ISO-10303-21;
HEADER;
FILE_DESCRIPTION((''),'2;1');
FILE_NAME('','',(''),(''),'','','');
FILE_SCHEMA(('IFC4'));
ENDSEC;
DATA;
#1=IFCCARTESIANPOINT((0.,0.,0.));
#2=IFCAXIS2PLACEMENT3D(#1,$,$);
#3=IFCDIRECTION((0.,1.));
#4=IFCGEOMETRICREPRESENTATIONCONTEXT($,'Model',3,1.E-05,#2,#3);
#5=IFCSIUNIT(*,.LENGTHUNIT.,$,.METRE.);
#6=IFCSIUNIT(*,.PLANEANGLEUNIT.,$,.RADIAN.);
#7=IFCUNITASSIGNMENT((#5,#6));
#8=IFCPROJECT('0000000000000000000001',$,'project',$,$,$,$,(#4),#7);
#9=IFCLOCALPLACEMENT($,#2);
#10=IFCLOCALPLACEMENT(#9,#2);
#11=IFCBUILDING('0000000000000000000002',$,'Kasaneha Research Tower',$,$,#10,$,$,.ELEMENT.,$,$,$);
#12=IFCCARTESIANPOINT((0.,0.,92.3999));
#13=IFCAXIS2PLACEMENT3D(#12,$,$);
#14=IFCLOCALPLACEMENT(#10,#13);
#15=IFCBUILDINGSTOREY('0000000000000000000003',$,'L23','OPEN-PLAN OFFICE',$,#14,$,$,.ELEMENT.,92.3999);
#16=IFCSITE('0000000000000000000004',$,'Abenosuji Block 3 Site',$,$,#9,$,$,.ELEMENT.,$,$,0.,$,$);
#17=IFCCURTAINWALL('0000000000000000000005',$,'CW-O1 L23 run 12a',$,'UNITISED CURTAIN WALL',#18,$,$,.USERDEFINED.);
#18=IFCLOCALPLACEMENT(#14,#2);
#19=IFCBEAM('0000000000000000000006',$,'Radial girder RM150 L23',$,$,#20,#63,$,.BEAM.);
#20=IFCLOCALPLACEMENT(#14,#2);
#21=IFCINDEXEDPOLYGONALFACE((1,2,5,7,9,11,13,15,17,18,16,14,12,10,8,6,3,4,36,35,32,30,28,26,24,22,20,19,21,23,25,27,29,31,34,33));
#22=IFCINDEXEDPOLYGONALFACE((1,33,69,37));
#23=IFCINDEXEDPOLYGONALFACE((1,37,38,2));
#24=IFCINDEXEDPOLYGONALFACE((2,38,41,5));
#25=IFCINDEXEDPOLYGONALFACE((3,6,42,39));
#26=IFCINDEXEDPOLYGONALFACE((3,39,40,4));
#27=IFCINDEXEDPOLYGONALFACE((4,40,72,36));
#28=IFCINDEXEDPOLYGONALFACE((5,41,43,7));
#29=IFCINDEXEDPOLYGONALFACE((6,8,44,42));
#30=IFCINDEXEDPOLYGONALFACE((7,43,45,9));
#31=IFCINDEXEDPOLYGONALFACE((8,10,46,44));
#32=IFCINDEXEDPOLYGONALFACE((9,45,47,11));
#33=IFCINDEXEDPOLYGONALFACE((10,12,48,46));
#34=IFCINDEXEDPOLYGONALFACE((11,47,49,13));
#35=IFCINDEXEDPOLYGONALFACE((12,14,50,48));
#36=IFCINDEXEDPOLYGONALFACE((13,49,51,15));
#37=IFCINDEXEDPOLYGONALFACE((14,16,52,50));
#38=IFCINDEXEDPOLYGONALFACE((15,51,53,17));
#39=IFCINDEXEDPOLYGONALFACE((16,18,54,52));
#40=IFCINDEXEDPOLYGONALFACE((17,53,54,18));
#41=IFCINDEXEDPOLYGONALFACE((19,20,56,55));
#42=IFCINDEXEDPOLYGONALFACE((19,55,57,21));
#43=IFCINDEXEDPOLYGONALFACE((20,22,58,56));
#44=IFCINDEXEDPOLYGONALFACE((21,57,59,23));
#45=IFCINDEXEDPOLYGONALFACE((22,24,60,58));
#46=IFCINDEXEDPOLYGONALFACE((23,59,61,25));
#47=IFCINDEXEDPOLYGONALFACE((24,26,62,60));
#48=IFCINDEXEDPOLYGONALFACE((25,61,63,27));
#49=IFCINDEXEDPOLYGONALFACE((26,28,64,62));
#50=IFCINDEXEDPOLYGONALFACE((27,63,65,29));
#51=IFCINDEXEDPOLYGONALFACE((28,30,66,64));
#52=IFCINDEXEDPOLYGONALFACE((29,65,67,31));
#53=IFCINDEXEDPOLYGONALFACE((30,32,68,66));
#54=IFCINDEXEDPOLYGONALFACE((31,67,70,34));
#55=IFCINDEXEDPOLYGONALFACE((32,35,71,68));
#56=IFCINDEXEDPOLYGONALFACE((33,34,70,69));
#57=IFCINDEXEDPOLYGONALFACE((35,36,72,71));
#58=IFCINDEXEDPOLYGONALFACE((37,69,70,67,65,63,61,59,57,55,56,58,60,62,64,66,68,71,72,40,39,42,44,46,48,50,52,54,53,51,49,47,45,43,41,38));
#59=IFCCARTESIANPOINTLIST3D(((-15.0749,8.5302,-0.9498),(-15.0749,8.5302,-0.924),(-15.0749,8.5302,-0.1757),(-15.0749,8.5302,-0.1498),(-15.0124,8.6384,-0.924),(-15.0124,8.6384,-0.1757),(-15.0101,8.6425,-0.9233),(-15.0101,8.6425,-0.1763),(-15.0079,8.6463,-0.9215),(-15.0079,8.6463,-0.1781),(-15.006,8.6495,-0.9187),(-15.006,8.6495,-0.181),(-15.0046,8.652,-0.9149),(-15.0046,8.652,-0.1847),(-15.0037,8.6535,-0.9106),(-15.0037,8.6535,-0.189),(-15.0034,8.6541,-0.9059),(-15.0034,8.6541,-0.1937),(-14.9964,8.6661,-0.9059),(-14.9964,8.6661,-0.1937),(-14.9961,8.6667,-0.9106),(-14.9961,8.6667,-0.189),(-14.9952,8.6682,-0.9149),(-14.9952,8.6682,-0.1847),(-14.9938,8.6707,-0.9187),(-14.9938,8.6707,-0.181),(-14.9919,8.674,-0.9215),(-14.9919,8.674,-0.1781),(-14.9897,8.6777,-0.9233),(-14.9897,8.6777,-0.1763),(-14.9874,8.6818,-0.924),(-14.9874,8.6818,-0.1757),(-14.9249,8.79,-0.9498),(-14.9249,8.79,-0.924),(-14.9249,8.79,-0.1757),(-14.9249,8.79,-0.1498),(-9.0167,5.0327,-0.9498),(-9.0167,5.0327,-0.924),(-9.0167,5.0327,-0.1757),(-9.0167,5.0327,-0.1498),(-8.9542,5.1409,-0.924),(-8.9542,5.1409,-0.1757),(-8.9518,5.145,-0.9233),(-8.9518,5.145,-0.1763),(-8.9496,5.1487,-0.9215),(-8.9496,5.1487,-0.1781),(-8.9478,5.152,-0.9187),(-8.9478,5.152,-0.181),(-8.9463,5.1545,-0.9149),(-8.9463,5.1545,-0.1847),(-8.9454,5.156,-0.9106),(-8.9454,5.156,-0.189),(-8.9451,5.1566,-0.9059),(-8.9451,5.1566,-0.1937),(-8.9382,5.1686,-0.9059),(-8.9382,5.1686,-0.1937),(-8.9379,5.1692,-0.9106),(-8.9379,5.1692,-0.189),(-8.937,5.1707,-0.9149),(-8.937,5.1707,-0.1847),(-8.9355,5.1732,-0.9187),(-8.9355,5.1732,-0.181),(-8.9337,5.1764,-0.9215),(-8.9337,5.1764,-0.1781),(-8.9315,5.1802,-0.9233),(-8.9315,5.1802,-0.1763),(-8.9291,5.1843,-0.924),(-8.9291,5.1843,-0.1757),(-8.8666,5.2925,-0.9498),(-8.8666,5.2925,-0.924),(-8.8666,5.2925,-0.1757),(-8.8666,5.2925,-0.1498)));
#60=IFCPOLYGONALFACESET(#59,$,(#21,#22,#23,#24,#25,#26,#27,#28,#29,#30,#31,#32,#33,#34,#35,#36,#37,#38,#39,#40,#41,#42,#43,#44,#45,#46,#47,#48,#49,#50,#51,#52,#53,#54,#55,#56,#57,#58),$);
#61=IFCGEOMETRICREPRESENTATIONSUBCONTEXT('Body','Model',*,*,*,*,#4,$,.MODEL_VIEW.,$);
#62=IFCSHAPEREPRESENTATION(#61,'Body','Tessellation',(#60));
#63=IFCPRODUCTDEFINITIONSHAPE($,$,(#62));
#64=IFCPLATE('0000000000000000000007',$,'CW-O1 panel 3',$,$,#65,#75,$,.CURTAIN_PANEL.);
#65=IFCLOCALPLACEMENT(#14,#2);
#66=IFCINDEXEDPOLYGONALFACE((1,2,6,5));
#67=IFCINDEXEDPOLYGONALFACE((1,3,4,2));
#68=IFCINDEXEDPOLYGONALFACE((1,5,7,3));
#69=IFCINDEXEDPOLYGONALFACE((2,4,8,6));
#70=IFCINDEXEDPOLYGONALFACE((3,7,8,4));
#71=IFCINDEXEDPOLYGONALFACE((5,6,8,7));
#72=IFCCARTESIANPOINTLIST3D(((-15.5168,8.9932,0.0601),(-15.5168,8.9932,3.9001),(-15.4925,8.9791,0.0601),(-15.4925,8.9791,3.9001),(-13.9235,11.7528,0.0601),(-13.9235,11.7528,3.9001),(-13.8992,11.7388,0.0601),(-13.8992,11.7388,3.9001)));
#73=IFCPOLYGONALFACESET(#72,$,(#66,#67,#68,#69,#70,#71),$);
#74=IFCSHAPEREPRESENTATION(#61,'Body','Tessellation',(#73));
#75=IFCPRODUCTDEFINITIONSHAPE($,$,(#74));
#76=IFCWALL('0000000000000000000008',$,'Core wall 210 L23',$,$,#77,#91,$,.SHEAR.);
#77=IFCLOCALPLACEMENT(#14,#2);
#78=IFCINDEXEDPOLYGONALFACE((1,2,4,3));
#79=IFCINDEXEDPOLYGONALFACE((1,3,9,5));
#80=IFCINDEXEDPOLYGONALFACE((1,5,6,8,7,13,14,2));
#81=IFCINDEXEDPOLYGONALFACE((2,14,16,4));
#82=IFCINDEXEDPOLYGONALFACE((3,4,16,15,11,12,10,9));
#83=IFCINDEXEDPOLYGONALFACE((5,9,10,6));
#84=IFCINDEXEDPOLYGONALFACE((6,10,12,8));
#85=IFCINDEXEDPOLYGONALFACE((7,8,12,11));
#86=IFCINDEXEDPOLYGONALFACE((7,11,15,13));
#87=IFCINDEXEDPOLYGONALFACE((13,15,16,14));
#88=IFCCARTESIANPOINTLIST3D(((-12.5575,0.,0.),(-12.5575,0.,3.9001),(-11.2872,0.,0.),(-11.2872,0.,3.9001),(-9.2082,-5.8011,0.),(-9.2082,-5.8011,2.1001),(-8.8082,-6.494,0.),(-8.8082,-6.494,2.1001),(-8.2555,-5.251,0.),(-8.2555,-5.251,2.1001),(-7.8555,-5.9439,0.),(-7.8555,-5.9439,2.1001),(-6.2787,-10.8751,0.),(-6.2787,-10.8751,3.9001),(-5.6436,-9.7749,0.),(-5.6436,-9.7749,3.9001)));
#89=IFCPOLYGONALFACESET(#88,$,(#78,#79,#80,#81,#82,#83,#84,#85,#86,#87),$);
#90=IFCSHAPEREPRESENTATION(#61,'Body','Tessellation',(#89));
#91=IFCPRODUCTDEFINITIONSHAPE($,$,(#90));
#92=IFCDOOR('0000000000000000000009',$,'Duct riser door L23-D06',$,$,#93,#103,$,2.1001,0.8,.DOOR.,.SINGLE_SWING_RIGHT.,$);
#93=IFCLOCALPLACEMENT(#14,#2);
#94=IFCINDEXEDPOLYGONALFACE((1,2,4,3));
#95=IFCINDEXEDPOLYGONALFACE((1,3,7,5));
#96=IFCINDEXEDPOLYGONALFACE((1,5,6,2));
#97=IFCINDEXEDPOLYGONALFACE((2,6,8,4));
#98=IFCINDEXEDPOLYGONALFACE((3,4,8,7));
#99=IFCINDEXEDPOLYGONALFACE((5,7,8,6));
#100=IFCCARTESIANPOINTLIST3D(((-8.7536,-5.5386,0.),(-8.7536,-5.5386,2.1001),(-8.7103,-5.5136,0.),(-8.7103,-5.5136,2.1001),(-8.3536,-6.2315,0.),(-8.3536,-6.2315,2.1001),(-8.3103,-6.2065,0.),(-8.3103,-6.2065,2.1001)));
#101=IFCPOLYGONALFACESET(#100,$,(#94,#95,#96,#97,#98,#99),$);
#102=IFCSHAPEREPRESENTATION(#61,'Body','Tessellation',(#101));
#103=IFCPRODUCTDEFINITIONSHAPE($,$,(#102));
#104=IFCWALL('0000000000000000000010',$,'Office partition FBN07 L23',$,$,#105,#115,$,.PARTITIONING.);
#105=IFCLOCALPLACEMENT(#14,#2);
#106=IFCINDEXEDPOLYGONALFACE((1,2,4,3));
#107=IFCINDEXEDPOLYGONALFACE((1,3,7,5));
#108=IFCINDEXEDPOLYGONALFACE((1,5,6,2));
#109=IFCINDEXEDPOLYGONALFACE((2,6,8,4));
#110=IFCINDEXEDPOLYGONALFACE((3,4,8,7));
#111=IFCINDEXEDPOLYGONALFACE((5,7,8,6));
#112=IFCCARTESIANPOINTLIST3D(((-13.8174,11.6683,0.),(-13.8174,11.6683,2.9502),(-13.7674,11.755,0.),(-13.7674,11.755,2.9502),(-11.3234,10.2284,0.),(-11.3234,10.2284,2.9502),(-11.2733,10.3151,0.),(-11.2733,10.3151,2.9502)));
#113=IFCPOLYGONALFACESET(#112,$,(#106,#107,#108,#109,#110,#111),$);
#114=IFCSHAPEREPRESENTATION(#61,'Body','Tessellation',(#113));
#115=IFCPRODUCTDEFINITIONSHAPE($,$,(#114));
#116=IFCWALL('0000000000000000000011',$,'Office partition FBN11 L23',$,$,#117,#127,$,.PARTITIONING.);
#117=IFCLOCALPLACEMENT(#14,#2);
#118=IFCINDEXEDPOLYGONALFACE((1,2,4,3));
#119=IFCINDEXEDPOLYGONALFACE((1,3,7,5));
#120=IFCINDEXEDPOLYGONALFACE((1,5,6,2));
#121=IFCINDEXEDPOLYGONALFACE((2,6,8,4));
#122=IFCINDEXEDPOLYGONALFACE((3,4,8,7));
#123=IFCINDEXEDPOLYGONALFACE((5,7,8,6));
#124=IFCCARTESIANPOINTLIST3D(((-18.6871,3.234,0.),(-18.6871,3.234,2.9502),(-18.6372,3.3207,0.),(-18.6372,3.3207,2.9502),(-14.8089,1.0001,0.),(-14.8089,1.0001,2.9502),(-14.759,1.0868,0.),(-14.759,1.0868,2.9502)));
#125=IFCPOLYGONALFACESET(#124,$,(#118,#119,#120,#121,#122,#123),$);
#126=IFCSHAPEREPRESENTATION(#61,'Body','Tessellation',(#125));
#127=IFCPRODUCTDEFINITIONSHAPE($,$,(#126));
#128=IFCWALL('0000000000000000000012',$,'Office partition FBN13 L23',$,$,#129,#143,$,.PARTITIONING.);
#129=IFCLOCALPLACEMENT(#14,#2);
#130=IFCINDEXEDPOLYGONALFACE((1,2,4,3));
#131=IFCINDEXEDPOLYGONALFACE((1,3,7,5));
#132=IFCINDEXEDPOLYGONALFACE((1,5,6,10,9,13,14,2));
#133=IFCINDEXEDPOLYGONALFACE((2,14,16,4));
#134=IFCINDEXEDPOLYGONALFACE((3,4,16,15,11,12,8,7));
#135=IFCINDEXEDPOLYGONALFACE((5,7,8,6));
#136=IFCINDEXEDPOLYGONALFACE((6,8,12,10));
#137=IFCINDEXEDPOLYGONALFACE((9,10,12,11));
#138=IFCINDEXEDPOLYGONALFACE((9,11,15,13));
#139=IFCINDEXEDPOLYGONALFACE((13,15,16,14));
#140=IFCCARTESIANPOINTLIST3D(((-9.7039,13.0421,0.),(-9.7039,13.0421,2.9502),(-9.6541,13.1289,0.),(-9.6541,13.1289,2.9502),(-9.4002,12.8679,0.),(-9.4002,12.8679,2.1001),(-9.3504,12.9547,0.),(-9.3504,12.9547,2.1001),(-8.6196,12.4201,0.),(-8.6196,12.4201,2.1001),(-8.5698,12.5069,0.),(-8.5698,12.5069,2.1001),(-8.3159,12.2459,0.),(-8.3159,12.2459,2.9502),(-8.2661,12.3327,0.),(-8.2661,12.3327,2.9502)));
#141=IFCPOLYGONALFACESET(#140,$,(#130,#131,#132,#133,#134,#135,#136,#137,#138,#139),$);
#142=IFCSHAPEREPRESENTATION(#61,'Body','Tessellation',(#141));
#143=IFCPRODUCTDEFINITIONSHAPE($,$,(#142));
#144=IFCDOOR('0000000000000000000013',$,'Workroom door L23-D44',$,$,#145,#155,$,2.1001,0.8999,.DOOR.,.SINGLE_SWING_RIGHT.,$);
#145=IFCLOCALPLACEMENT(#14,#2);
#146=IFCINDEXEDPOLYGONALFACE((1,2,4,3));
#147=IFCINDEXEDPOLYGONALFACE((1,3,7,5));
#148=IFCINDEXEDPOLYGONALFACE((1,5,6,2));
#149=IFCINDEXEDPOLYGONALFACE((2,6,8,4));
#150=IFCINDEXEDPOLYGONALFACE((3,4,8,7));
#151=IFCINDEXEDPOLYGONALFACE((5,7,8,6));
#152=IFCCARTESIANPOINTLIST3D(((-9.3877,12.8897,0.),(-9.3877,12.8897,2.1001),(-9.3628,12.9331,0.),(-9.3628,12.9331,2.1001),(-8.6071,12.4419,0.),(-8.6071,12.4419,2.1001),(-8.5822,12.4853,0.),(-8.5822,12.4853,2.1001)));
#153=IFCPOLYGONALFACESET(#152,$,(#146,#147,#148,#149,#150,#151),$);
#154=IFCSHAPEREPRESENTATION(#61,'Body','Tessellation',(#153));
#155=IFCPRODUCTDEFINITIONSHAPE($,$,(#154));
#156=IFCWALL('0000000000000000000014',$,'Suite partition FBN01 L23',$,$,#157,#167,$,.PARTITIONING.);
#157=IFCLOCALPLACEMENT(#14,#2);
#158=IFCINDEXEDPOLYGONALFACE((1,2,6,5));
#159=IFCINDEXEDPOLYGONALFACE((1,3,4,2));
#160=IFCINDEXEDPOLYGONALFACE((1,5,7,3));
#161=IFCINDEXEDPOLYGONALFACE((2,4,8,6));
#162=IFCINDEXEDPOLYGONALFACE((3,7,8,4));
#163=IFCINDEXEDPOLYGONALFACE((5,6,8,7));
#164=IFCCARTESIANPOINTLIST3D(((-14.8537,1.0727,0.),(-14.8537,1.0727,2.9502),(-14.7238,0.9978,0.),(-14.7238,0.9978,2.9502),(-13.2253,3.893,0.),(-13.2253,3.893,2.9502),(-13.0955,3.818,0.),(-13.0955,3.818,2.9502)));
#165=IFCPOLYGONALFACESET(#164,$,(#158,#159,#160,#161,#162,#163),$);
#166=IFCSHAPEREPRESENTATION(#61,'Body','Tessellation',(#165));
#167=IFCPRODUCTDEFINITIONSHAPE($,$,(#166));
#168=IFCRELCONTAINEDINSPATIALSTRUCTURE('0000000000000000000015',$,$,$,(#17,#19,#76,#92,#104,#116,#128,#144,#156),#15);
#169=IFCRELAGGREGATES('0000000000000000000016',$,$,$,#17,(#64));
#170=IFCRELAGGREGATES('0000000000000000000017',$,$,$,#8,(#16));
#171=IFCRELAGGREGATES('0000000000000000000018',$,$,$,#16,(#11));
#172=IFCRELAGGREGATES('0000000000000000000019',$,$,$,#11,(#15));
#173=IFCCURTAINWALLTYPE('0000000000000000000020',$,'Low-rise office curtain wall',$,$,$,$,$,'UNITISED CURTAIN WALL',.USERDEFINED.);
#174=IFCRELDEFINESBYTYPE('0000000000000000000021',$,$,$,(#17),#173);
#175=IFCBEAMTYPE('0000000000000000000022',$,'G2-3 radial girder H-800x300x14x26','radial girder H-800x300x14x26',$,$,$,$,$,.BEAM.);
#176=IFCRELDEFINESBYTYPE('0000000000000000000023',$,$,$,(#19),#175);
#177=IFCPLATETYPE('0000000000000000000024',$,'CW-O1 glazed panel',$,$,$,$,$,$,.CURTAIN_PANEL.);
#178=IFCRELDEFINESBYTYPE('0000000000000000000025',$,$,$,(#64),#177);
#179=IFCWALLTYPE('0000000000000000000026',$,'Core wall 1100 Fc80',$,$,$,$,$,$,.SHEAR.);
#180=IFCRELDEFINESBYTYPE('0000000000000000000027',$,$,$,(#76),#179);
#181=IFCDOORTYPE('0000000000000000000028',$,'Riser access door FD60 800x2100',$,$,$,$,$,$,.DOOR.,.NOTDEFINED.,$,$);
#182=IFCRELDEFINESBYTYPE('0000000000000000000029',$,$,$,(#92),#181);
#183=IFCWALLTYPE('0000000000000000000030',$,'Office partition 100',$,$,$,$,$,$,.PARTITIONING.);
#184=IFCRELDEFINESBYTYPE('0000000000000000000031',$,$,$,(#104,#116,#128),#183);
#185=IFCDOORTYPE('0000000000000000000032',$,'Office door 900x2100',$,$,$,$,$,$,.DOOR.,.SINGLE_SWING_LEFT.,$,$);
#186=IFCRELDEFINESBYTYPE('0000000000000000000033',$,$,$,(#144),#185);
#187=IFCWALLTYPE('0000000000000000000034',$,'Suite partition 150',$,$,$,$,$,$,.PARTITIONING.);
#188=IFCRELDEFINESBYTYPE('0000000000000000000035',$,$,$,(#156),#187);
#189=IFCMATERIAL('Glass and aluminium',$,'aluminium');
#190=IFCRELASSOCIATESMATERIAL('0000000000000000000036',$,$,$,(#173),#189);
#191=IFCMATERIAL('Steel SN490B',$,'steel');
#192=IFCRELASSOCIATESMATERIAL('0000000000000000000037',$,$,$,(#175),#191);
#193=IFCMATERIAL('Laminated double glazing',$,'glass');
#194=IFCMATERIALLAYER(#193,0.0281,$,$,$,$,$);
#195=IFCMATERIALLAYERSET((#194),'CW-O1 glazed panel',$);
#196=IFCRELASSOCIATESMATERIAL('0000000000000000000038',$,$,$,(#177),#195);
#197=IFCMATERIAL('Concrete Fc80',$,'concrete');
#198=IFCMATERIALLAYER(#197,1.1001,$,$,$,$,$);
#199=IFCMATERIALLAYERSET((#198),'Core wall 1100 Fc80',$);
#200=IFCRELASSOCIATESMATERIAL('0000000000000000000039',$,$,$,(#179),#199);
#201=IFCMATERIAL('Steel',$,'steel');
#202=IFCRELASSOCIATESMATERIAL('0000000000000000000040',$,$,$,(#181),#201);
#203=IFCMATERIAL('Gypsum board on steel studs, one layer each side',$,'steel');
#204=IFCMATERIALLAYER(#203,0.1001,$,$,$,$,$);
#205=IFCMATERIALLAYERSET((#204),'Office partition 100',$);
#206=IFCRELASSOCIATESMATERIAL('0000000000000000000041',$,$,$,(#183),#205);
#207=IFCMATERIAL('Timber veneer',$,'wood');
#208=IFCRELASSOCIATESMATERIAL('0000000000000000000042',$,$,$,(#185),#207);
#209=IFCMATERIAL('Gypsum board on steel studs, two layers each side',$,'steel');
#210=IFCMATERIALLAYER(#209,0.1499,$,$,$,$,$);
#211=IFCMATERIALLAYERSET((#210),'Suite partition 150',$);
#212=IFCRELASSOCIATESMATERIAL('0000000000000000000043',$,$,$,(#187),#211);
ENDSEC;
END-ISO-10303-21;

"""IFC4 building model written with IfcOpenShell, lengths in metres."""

from ifc_helpers import new_model, si_unit, direction, frame, frame_2d, origin, origin_2d, place, context, subcontext, project, spatial, polyline, rectangle, i_section, outline, extrude, material, layer, layer_set, material_profile, profile_set, type_object, element, fill, aggregate, save


model = new_model("IFC4")

# Units and contexts
model_context = context("Model", 3, precision=1e-05, world=origin(), true_north=direction((0.0, 1.0)))
body_context = subcontext(model_context, "Body", "Model", "MODEL_VIEW")
ifc_project = project(units=[si_unit("LENGTHUNIT", "METRE"), si_unit("PLANEANGLEUNIT", "RADIAN")], contexts=[model_context])

# Site, building, storey
site_placement = place(None, origin())
site = spatial("IfcSite", under=ifc_project, at=site_placement, Name="Abenosuji Block 3 Site", CompositionType="ELEMENT", RefElevation=0.0)
building_placement = place(site_placement, origin())
building = spatial("IfcBuilding", under=site, at=building_placement, Name="Kasaneha Research Tower", CompositionType="ELEMENT")
storey_placement = place(building_placement, frame((0.0, 0.0, 92.3999)))
storey = spatial("IfcBuildingStorey", under=building, at=storey_placement, Name="L23", Description="OPEN-PLAN OFFICE", CompositionType="ELEMENT", Elevation=92.3999)

# Curtain wall
ifc_material_1 = material(Name="Glass and aluminium", Category="aluminium")
curtain_wall_type = type_object("IfcCurtainWallType", Name="Low-rise office curtain wall", ElementType="UNITISED CURTAIN WALL", PredefinedType="USERDEFINED", material=ifc_material_1)
curtain_wall_placement = place(storey_placement, origin())
curtain_wall = element("IfcCurtainWall", 1, at=curtain_wall_placement, inside=storey, type_object=curtain_wall_type, Name="CW-O1 L23 run 12a", ObjectType="UNITISED CURTAIN WALL", PredefinedType="USERDEFINED")

# Beam
ifc_material_2 = material(Name="Steel SN490B", Category="steel")
ifc_material_profile_1 = material_profile(ifc_material_2, i_section(OverallWidth=0.3, OverallDepth=0.8, WebThickness=0.0139, FlangeThickness=0.0259, FilletRadius=0.0181, at=origin_2d()), Name="H-800x300x14x26")
ifc_profile_set_1 = profile_set([ifc_material_profile_1], Name="Steel SN490B")
beam_type_1 = type_object("IfcBeamType", Name="G2-3 radial girder H-800x300x14x26", Description="radial girder H-800x300x14x26", PredefinedType="BEAM", material=ifc_profile_set_1)
beam_1_placement = place(storey_placement, frame((-8.9417, 5.1626, -0.5498), z_axis=(-0.86604, 0.499975, 0.0), x_axis=(-0.499975, -0.86604, 0.0)))
element("IfcBeam", 2, at=beam_1_placement, inside=storey, type_object=beam_type_1, Name="Radial girder RM150 L23", PredefinedType="BEAM", context=body_context, shape_type="SweptSolid", body=[
    extrude(i_section(OverallWidth=0.3, OverallDepth=0.8, WebThickness=0.0139, FlangeThickness=0.0259, FilletRadius=0.0181, at=origin_2d()), origin(), (0.0, 0.0, 1.0), 6.9954),
])

# Plate
ifc_material_3 = material(Name="Laminated double glazing", Category="glass")
ifc_layer_1 = layer(ifc_material_3, 0.0281)
ifc_layer_set_1 = layer_set([ifc_layer_1], Name="CW-O1 glazed panel")
plate_type = type_object("IfcPlateType", Name="CW-O1 glazed panel", PredefinedType="CURTAIN_PANEL", material=ifc_layer_set_1)
plate_placement = place(storey_placement, frame((-14.708, 10.366, 0.0601), z_axis=(0.0, 0.0, 1.0), x_axis=(-0.5, -0.866025, 0.0)))
plate = element("IfcPlate", 3, at=plate_placement, type_object=plate_type, Name="CW-O1 panel 3", PredefinedType="CURTAIN_PANEL", context=body_context, shape_type="SweptSolid", body=[
    extrude(rectangle(XDim=3.1865, YDim=0.0281, at=origin_2d()), origin(), (0.0, 0.0, 1.0), 3.8401),
])
aggregate(curtain_wall, [plate])

# Wall, opening, door
ifc_material_4 = material(Name="Concrete Fc80", Category="concrete")
ifc_layer_2 = layer(ifc_material_4, 1.1001)
ifc_layer_set_2 = layer_set([ifc_layer_2], Name="Core wall 1100 Fc80")
wall_type_1 = type_object("IfcWallType", Name="Core wall 1100 Fc80", PredefinedType="SHEAR", material=ifc_layer_set_2)
wall_1_placement = place(storey_placement, frame((-11.9224, 0.0, 0.0), z_axis=(0.0, 0.0, 1.0), x_axis=(0.500004, -0.866023, 0.0)))
wall_1 = element("IfcWall", 4, at=wall_1_placement, inside=storey, type_object=wall_type_1, Name="Core wall 210 L23", PredefinedType="SHEAR", context=body_context, shape_type="SweptSolid", body=[
    extrude(outline(polyline([(-0.3176, -0.55), (6.3811, -0.55), (7.1812, -0.55), (12.24, -0.55), (11.6047, 0.55), (7.1812, 0.55), (6.3811, 0.55), (0.3176, 0.55), (-0.3176, -0.55)])), origin(), (0.0, 0.0, 1.0), 3.9001),
])
opening_1_placement = place(wall_1_placement, frame((6.3811, 0.0, 0.0)))
opening_1 = element("IfcOpeningElement", 5, at=opening_1_placement, cuts=wall_1, PredefinedType="OPENING", context=body_context, shape_type="SweptSolid", body=[
    extrude(rectangle(XDim=0.8, YDim=2.1001, at=frame_2d((0.3999, 1.05))), frame((0.0, 0.5601, 0.0), z_axis=(0.0, -1.0, 0.0), x_axis=(1.0, 0.0, 0.0)), (0.0, 0.0, 1.0), 1.1201),
])
ifc_material_5 = material(Name="Steel", Category="steel")
door_type_1 = type_object("IfcDoorType", Name="Riser access door FD60 800x2100", OperationType="NOTDEFINED", PredefinedType="DOOR", material=ifc_material_5)
door_1_placement = place(opening_1_placement, origin())
door_1 = element("IfcDoor", 6, at=door_1_placement, inside=storey, type_object=door_type_1, Name="Duct riser door L23-D06", OperationType="SINGLE_SWING_RIGHT", OverallHeight=2.1001, OverallWidth=0.8, PredefinedType="DOOR", context=body_context, shape_type="SweptSolid", body=[
    extrude(rectangle(XDim=0.8, YDim=2.1001, at=frame_2d((0.3999, 1.05))), frame((0.0, 0.0249, 0.0), z_axis=(0.0, -1.0, 0.0), x_axis=(1.0, 0.0, 0.0)), (0.0, 0.0, 1.0), 0.05),
])
fill(opening_1, door_1)

# Walls
ifc_material_6 = material(Name="Gypsum board on steel studs, one layer each side", Category="steel")
ifc_layer_3 = layer(ifc_material_6, 0.1001)
ifc_layer_set_3 = layer_set([ifc_layer_3], Name="Office partition 100")
wall_type_2 = type_object("IfcWallType", Name="Office partition 100", PredefinedType="PARTITIONING", material=ifc_layer_set_3)
wall_2_placement = place(storey_placement, frame((-11.2983, 10.2717, 0.0), z_axis=(0.0, 0.0, 1.0), x_axis=(-0.866033, 0.499987, 0.0)))
element("IfcWall", 7, at=wall_2_placement, inside=storey, type_object=wall_type_2, Name="Office partition FBN07 L23", PredefinedType="PARTITIONING", context=body_context, shape_type="SweptSolid", body=[
    extrude(rectangle(XDim=2.8799, YDim=0.1001, at=frame_2d((1.4399, 0.0))), origin(), (0.0, 0.0, 1.0), 2.9502),
])
wall_3_placement = place(storey_placement, frame((-14.7839, 1.0435, 0.0), z_axis=(0.0, 0.0, 1.0), x_axis=(-0.866526, 0.499132, 0.0)))
element("IfcWall", 8, at=wall_3_placement, inside=storey, type_object=wall_type_2, Name="Office partition FBN11 L23", PredefinedType="PARTITIONING", context=body_context, shape_type="SweptSolid", body=[
    extrude(rectangle(XDim=4.4756, YDim=0.1001, at=frame_2d((2.2378, 0.0))), origin(), (0.0, 0.0, 1.0), 2.9502),
])

# Wall, opening, door
wall_4_placement = place(storey_placement, frame((-8.291, 12.2893, 0.0), z_axis=(0.0, 0.0, 1.0), x_axis=(-0.867425, 0.497568, 0.0)))
wall_4 = element("IfcWall", 9, at=wall_4_placement, inside=storey, type_object=wall_type_2, Name="Office partition FBN13 L23", PredefinedType="PARTITIONING", context=body_context, shape_type="SweptSolid", body=[
    extrude(rectangle(XDim=1.6001, YDim=0.1001, at=frame_2d((0.8, 0.0))), origin(), (0.0, 0.0, 1.0), 2.9502),
])
opening_2_placement = place(wall_4_placement, frame((0.3501, 0.0, 0.0)))
opening_2 = element("IfcOpeningElement", 10, at=opening_2_placement, cuts=wall_4, PredefinedType="OPENING", context=body_context, shape_type="SweptSolid", body=[
    extrude(rectangle(XDim=0.8999, YDim=2.1001, at=frame_2d((0.45, 1.05))), frame((0.0, 0.0601, 0.0), z_axis=(0.0, -1.0, 0.0), x_axis=(1.0, 0.0, 0.0)), (0.0, 0.0, 1.0), 0.1201),
])
ifc_material_7 = material(Name="Timber veneer", Category="wood")
door_type_2 = type_object("IfcDoorType", Name="Office door 900x2100", OperationType="SINGLE_SWING_LEFT", PredefinedType="DOOR", material=ifc_material_7)
door_2_placement = place(opening_2_placement, origin())
door_2 = element("IfcDoor", 11, at=door_2_placement, inside=storey, type_object=door_type_2, Name="Workroom door L23-D44", OperationType="SINGLE_SWING_RIGHT", OverallHeight=2.1001, OverallWidth=0.8999, PredefinedType="DOOR", context=body_context, shape_type="SweptSolid", body=[
    extrude(rectangle(XDim=0.8999, YDim=2.1001, at=frame_2d((0.45, 1.05))), frame((0.0, 0.0249, 0.0), z_axis=(0.0, -1.0, 0.0), x_axis=(1.0, 0.0, 0.0)), (0.0, 0.0, 1.0), 0.05),
])
fill(opening_2, door_2)

# Wall
ifc_material_8 = material(Name="Gypsum board on steel studs, two layers each side", Category="steel")
ifc_layer_4 = layer(ifc_material_8, 0.1499)
ifc_layer_set_4 = layer_set([ifc_layer_4], Name="Suite partition 150")
wall_type_3 = type_object("IfcWallType", Name="Suite partition 150", PredefinedType="PARTITIONING", material=ifc_layer_set_4)
wall_5_placement = place(storey_placement, frame((-14.7888, 1.0352, 0.0), z_axis=(0.0, 0.0, 1.0), x_axis=(0.500025, 0.866011, 0.0)))
element("IfcWall", 12, at=wall_5_placement, inside=storey, type_object=wall_type_3, Name="Suite partition FBN01 L23", PredefinedType="PARTITIONING", context=body_context, shape_type="SweptSolid", body=[
    extrude(rectangle(XDim=3.2566, YDim=0.1499, at=frame_2d((1.6284, 0.0))), origin(), (0.0, 0.0, 1.0), 2.9502),
])

save(model, "model.ifc")
